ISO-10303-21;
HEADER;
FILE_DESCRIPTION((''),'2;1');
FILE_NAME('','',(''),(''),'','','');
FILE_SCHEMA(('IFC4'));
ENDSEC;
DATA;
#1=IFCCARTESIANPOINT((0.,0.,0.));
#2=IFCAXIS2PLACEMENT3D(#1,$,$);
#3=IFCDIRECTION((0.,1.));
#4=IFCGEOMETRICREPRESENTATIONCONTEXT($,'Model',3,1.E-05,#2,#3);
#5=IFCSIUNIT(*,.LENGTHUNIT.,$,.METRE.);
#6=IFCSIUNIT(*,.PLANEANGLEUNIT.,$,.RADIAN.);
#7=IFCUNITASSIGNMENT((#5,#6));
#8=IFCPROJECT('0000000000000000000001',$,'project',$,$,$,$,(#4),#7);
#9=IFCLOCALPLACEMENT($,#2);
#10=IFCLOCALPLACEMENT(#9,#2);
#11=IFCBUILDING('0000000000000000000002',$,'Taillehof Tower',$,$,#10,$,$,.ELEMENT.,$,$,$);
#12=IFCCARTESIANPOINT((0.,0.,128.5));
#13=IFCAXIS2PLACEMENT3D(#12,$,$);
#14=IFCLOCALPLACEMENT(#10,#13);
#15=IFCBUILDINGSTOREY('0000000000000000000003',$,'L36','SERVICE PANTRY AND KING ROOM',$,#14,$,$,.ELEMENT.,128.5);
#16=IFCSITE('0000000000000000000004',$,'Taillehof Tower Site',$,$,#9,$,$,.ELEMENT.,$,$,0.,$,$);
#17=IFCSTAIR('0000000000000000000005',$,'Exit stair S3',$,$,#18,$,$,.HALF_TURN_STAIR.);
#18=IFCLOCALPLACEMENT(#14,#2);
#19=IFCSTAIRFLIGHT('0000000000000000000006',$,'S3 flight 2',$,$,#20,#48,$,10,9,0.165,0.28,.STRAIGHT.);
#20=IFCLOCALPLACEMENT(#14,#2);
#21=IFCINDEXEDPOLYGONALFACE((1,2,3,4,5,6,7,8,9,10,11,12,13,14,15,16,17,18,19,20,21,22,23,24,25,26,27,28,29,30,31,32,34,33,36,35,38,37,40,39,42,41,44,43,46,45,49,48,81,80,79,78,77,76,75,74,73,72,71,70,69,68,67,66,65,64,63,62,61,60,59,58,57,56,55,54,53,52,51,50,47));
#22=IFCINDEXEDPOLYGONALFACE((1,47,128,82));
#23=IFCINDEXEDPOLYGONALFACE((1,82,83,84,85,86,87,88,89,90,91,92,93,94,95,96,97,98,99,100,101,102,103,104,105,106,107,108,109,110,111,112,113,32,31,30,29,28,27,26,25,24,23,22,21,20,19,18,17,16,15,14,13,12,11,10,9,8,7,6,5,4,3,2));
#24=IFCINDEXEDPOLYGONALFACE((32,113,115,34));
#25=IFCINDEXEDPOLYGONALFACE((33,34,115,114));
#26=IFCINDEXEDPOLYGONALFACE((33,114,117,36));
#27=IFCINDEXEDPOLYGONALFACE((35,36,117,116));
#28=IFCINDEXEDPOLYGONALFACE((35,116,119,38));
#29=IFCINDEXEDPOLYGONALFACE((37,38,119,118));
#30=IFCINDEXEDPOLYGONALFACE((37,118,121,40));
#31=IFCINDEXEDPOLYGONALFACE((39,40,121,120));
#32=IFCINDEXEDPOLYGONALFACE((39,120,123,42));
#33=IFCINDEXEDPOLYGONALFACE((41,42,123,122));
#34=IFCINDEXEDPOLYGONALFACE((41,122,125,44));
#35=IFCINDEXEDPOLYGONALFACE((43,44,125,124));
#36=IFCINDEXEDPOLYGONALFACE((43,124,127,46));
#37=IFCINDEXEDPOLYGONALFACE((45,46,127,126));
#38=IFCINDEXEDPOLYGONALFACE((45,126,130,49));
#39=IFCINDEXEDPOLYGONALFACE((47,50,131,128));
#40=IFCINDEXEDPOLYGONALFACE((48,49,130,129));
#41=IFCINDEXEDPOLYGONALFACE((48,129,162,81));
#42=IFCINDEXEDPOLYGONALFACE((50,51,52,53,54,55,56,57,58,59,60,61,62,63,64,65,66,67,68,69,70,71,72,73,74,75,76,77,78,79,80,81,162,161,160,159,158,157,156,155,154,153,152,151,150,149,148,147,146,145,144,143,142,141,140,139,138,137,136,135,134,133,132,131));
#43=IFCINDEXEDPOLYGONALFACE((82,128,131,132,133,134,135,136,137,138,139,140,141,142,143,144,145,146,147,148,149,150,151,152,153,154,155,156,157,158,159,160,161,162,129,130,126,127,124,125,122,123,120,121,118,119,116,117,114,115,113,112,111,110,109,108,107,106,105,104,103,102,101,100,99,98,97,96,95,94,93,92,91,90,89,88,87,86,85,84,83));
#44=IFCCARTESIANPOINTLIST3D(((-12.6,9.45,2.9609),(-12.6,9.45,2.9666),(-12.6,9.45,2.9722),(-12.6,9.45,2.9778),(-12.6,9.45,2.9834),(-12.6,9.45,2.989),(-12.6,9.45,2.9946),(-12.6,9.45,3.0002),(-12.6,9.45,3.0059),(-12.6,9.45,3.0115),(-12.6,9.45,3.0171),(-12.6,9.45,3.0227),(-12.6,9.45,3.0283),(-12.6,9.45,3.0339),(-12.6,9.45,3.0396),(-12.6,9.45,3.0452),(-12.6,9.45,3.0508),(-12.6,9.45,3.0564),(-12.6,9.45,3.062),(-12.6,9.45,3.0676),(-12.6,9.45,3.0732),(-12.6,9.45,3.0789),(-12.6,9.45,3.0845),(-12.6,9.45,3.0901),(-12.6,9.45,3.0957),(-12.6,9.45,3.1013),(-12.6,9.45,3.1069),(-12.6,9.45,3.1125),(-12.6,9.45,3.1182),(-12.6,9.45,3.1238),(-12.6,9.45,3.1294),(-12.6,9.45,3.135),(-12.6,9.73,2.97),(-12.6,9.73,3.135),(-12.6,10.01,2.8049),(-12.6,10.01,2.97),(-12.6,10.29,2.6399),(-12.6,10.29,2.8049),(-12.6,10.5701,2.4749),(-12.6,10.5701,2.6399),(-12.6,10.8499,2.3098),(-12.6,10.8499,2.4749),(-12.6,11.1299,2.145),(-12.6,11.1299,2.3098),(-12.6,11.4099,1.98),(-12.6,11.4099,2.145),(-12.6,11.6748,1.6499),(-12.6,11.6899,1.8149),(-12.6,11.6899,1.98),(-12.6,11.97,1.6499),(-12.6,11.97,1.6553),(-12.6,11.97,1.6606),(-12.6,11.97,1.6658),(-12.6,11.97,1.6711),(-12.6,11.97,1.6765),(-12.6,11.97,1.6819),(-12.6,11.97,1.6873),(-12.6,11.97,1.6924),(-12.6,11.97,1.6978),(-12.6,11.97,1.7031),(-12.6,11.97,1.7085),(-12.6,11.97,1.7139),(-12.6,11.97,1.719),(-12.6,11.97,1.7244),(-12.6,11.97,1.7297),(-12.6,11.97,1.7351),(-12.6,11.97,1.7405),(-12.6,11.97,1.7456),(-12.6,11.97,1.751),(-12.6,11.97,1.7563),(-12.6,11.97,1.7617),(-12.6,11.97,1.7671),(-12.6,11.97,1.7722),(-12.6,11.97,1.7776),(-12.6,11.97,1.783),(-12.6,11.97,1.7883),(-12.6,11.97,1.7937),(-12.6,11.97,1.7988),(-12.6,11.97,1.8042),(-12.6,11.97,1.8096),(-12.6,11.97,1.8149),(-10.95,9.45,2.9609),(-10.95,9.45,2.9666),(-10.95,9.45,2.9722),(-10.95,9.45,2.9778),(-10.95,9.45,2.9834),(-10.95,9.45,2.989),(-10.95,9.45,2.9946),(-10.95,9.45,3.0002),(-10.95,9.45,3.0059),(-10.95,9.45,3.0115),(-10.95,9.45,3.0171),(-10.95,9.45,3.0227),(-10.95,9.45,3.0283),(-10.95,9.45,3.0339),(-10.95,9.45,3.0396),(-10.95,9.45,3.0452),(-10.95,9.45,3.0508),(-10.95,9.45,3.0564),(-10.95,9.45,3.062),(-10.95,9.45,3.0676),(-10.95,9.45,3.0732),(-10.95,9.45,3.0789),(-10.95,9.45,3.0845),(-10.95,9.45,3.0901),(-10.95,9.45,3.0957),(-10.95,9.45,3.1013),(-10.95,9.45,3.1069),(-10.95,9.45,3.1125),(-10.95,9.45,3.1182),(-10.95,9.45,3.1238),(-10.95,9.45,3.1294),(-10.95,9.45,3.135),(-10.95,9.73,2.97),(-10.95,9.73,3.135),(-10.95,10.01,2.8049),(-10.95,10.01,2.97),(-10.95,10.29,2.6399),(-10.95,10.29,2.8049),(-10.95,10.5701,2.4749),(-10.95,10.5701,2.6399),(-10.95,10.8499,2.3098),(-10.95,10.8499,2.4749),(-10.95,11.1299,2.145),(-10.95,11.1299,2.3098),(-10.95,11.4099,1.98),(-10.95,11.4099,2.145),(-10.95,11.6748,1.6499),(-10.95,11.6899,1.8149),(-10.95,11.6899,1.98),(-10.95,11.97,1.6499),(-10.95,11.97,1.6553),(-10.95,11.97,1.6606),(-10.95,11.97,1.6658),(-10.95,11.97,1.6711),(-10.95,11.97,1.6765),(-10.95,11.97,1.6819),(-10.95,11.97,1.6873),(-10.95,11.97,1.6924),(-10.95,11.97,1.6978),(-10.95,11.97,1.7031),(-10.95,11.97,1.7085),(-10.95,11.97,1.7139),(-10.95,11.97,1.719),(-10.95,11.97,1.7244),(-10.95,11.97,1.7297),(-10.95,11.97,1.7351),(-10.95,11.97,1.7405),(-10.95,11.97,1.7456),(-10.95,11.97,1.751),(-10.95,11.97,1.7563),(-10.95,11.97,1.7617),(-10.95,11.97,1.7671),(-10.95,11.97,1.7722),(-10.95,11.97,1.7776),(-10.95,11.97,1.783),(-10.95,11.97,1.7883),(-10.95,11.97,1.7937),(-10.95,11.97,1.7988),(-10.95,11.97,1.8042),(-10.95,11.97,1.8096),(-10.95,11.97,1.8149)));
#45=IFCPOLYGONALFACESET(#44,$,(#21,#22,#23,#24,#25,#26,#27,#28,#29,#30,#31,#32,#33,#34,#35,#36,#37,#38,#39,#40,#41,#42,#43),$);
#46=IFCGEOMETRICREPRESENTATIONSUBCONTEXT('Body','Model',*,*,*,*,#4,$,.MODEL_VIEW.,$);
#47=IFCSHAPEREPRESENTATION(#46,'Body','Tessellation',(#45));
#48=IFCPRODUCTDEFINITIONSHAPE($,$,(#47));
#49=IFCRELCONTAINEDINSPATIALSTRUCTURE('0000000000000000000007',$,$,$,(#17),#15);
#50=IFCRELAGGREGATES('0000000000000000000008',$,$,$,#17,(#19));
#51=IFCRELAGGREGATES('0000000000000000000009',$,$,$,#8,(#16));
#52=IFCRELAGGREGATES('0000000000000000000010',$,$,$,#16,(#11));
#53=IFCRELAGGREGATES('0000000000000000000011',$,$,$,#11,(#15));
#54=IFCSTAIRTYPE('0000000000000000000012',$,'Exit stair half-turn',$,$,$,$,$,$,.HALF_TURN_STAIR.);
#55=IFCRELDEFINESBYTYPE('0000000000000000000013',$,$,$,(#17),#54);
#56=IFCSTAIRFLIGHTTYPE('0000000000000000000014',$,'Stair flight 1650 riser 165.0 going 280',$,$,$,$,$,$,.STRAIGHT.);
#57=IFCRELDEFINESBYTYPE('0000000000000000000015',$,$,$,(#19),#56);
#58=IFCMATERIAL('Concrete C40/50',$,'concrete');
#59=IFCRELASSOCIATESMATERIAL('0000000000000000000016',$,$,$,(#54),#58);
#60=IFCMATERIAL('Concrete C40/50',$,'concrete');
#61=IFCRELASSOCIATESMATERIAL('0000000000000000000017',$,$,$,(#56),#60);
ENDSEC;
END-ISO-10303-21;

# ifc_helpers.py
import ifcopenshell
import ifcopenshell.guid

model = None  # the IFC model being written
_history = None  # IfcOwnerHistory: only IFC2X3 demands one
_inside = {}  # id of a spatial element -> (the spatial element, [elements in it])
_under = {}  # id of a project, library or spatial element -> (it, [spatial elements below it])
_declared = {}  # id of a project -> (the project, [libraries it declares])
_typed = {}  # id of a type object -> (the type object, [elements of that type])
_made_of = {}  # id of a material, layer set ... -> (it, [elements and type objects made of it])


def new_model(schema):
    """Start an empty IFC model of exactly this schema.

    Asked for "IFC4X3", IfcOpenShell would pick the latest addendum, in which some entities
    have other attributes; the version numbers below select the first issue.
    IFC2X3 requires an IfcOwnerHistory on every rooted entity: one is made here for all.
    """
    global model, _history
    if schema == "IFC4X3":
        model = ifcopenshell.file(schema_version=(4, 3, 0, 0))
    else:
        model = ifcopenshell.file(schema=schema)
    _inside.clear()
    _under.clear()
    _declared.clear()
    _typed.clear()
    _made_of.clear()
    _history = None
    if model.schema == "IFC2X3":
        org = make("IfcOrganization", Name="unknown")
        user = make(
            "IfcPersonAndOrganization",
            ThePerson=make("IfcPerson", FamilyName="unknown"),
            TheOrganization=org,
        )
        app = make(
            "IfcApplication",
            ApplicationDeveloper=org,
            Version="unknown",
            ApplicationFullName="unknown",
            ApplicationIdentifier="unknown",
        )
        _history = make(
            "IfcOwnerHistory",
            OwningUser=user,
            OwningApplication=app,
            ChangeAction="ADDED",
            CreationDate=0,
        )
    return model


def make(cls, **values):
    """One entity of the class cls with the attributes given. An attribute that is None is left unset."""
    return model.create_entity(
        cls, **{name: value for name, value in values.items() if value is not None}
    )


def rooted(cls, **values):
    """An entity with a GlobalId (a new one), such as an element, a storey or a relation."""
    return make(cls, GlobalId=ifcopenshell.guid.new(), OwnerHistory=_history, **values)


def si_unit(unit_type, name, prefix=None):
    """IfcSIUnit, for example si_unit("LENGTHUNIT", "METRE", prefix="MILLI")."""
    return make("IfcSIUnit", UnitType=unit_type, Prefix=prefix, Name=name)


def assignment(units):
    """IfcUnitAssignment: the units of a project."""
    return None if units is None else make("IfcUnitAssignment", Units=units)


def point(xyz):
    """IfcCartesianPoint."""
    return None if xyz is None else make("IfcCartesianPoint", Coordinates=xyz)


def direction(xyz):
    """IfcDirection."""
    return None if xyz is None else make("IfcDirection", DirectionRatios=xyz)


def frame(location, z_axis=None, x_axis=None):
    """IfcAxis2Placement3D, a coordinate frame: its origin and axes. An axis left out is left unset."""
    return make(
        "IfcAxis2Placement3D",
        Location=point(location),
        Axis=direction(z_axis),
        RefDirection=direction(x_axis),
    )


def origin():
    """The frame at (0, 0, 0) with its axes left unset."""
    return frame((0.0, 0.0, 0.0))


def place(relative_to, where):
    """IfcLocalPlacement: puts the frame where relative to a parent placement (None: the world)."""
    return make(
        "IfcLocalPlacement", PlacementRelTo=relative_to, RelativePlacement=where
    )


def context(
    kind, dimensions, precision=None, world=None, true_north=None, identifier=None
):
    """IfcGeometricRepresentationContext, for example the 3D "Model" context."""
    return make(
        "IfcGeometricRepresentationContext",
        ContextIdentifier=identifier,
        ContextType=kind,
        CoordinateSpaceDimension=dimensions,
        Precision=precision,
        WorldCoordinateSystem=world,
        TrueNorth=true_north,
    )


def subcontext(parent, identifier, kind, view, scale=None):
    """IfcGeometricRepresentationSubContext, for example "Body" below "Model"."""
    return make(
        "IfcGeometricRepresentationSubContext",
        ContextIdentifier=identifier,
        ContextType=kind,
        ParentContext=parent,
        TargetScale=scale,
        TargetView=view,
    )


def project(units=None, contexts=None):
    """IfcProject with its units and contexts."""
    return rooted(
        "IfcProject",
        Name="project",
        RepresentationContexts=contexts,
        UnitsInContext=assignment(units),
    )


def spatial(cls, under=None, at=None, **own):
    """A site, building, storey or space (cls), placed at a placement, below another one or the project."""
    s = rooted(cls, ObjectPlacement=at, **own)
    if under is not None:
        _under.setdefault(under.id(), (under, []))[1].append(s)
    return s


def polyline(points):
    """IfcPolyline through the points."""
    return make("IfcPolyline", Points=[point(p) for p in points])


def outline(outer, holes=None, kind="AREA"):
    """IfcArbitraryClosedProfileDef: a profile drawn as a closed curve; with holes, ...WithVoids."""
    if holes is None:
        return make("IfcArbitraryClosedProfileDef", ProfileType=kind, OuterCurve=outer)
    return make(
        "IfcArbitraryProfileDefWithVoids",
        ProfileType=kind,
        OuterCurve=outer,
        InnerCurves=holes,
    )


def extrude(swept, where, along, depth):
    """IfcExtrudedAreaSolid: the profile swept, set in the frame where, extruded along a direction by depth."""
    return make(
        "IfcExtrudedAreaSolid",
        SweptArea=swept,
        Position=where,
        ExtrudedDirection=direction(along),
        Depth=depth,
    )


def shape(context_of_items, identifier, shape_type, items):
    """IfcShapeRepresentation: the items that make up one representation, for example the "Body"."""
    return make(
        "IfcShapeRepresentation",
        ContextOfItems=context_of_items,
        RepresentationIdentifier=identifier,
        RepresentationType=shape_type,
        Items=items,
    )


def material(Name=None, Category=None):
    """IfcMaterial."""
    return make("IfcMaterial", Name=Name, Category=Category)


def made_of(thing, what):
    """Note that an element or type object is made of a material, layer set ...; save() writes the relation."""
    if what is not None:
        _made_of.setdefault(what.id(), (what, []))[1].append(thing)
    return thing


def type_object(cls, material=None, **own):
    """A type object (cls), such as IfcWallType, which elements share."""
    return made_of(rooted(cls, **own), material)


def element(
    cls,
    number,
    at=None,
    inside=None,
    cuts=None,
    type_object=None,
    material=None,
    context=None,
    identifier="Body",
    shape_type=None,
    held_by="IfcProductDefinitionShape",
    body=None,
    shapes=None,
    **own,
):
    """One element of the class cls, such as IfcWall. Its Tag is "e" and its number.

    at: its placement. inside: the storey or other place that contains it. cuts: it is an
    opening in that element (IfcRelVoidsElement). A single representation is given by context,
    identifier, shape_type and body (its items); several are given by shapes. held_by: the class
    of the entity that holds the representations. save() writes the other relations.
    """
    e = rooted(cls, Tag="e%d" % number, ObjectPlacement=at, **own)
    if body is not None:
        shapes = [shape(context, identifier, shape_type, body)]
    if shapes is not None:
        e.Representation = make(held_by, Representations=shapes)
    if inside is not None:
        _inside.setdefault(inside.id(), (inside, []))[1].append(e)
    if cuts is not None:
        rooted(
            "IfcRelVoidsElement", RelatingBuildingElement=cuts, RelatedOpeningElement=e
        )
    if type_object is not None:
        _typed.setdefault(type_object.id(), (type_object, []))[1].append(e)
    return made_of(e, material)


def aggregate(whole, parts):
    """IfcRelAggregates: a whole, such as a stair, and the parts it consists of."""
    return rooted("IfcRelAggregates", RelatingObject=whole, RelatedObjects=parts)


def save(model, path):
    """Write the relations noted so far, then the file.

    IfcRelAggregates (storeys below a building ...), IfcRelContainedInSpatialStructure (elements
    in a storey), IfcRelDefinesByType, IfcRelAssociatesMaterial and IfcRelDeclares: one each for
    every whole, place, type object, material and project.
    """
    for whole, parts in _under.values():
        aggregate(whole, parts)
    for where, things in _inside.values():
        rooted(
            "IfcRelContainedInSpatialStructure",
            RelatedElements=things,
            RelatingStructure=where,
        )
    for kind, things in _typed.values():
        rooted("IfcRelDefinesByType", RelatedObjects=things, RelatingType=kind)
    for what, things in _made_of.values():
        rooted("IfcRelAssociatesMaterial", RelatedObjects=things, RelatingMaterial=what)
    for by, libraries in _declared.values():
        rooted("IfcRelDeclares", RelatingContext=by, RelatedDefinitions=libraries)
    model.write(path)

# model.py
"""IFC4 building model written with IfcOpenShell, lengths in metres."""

from ifc_helpers import new_model, si_unit, direction, frame, origin, place, context, subcontext, project, spatial, polyline, outline, extrude, material, type_object, element, aggregate, save


model = new_model("IFC4")

# Units and contexts
model_context = context("Model", 3, precision=1e-05, world=origin(), true_north=direction((0.0, 1.0)))
body_context = subcontext(model_context, "Body", "Model", "MODEL_VIEW")
ifc_project = project(units=[si_unit("LENGTHUNIT", "METRE"), si_unit("PLANEANGLEUNIT", "RADIAN")], contexts=[model_context])

# Site, building, storey
site_placement = place(None, origin())
site = spatial("IfcSite", under=ifc_project, at=site_placement, Name="Taillehof Tower Site", CompositionType="ELEMENT", RefElevation=0.0)
building_placement = place(site_placement, origin())
building = spatial("IfcBuilding", under=site, at=building_placement, Name="Taillehof Tower", CompositionType="ELEMENT")
storey_placement = place(building_placement, frame((0.0, 0.0, 128.5)))
storey = spatial("IfcBuildingStorey", under=building, at=storey_placement, Name="L36", Description="SERVICE PANTRY AND KING ROOM", CompositionType="ELEMENT", Elevation=128.5)

# Stair, stair flight
ifc_material_1 = material(Name="Concrete C40/50", Category="concrete")
stair_type = type_object("IfcStairType", Name="Exit stair half-turn", PredefinedType="HALF_TURN_STAIR", material=ifc_material_1)
stair_placement = place(storey_placement, origin())
stair = element("IfcStair", 1, at=stair_placement, inside=storey, type_object=stair_type, Name="Exit stair S3", PredefinedType="HALF_TURN_STAIR")
ifc_material_2 = material(Name="Concrete C40/50", Category="concrete")
stair_flight_type = type_object("IfcStairFlightType", Name="Stair flight 1650 riser 165.0 going 280", PredefinedType="STRAIGHT", material=ifc_material_2)
stair_flight_placement = place(storey_placement, frame((-11.7749, 11.97, 1.6499), z_axis=(0.0, 0.0, 1.0), x_axis=(0.0, -1.0, 0.0)))
stair_flight = element("IfcStairFlight", 2, at=stair_flight_placement, type_object=stair_flight_type, Name="S3 flight 2", NumberOfRisers=10, NumberOfTreads=9, PredefinedType="STRAIGHT", RiserHeight=0.165, TreadLength=0.28, context=body_context, shape_type="SweptSolid", body=[
    extrude(outline(polyline([(0.0, 0.0), (0.0, 0.0054), (0.0, 0.0107), (0.0, 0.0159), (0.0, 0.0212), (0.0, 0.0266), (0.0, 0.032), (0.0, 0.0374), (0.0, 0.0425), (0.0, 0.0479), (0.0, 0.0532), (0.0, 0.0586), (0.0, 0.064), (0.0, 0.0691), (0.0, 0.0745), (0.0, 0.0798), (0.0, 0.0852), (0.0, 0.0906), (0.0, 0.0957), (0.0, 0.1011), (0.0, 0.1064), (0.0, 0.1118), (0.0, 0.1172), (0.0, 0.1223), (0.0, 0.1277), (0.0, 0.1331), (0.0, 0.1384), (0.0, 0.1438), (0.0, 0.1489), (0.0, 0.1543), (0.0, 0.1597), (0.0, 0.165), (0.28, 0.165), (0.28, 0.3301), (0.5601, 0.3301), (0.5601, 0.4951), (0.8401, 0.4951), (0.8401, 0.6599), (1.1201, 0.6599), (1.1201, 0.825), (1.3999, 0.825), (1.3999, 0.99), (1.6799, 0.99), (1.6799, 1.155), (1.96, 1.155), (1.96, 1.3201), (2.24, 1.3201), (2.24, 1.4851), (2.52, 1.4851), (2.52, 1.4795), (2.52, 1.4739), (2.52, 1.4683), (2.52, 1.4626), (2.52, 1.457), (2.52, 1.4514), (2.52, 1.4458), (2.52, 1.4402), (2.52, 1.4346), (2.52, 1.429), (2.52, 1.4233), (2.52, 1.4177), (2.52, 1.4121), (2.52, 1.4065), (2.52, 1.4009), (2.52, 1.3953), (2.52, 1.3896), (2.52, 1.384), (2.52, 1.3784), (2.52, 1.3728), (2.52, 1.3672), (2.52, 1.3616), (2.52, 1.356), (2.52, 1.3503), (2.52, 1.3447), (2.52, 1.3391), (2.52, 1.3335), (2.52, 1.3279), (2.52, 1.3223), (2.52, 1.3167), (2.52, 1.311), (0.2952, 0.0), (0.0, 0.0)])), frame((0.0, 0.825, 0.0), z_axis=(0.0, -1.0, 0.0), x_axis=(1.0, 0.0, 0.0)), (0.0, 0.0, 1.0), 1.65),
])
aggregate(stair, [stair_flight])

save(model, "model.ifc")
